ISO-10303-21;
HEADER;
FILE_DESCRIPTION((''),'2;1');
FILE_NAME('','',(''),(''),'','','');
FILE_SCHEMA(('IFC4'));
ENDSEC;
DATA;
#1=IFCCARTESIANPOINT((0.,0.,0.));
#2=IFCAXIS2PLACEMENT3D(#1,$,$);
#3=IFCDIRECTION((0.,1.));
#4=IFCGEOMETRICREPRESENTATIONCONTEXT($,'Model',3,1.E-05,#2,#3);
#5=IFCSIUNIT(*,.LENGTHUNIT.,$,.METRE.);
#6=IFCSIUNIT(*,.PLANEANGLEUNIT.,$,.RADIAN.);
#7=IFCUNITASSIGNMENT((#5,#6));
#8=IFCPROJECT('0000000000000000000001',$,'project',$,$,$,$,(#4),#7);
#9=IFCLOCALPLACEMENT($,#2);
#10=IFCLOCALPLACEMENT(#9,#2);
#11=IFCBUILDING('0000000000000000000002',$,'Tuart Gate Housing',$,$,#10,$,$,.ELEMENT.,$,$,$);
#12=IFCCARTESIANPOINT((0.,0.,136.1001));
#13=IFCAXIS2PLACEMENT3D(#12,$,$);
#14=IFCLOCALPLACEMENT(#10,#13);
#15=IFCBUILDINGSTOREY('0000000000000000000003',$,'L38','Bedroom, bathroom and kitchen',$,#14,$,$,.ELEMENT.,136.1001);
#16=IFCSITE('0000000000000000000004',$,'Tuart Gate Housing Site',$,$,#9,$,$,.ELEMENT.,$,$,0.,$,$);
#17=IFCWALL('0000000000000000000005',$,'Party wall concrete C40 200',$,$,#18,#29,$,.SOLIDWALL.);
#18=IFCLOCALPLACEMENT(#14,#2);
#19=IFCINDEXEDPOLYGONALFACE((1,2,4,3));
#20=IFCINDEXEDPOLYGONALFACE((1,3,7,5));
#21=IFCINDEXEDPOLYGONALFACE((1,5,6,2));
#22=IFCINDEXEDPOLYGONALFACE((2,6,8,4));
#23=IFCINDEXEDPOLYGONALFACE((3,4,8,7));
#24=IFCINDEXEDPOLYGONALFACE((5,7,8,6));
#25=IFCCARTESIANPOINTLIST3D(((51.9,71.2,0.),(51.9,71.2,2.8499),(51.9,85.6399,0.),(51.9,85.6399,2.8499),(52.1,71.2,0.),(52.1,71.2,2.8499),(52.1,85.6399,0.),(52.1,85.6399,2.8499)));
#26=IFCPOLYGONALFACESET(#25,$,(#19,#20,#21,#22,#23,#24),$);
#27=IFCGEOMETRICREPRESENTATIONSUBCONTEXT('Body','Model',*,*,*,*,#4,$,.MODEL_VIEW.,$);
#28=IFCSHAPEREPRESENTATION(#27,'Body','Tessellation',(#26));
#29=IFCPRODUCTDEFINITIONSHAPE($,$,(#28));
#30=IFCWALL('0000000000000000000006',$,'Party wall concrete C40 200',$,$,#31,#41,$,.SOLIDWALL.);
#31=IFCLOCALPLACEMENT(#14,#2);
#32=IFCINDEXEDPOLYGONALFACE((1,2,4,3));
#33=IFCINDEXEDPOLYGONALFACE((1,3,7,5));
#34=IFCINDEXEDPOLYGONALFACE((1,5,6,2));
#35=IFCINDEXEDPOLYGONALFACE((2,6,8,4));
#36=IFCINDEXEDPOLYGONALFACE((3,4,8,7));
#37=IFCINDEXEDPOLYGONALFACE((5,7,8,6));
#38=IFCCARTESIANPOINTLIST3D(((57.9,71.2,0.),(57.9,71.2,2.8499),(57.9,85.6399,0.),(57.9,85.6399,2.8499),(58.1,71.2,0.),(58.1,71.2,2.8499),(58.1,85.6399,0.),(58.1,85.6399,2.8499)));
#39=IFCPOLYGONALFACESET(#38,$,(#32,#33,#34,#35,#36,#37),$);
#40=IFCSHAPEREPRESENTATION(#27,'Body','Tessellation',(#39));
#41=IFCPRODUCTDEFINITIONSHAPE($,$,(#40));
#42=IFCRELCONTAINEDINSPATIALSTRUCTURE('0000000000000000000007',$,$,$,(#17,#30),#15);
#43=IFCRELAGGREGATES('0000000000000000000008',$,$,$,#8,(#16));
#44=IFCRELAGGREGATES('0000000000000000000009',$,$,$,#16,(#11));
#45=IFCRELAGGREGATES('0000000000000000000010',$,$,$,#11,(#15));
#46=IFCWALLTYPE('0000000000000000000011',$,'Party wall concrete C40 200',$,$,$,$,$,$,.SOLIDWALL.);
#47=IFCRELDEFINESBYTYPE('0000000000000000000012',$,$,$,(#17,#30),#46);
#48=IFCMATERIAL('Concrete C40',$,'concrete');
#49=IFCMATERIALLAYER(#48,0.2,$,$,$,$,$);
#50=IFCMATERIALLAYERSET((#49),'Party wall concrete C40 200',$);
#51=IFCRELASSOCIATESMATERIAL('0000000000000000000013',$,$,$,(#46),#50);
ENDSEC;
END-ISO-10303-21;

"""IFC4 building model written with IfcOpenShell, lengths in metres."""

from ifc_helpers import new_model, si_unit, direction, frame, frame_2d, origin, place, context, subcontext, project, spatial, rectangle, extrude, material, layer, layer_set, type_object, element, save


model = new_model("IFC4")

# Units and contexts
model_context = context("Model", 3, precision=1e-05, world=origin(), true_north=direction((0.0, 1.0)))
body_context = subcontext(model_context, "Body", "Model", "MODEL_VIEW")
ifc_project = project(units=[si_unit("LENGTHUNIT", "METRE"), si_unit("PLANEANGLEUNIT", "RADIAN")], contexts=[model_context])

# Site, building, storey
site_placement = place(None, origin())
site = spatial("IfcSite", under=ifc_project, at=site_placement, Name="Tuart Gate Housing Site", CompositionType="ELEMENT", RefElevation=0.0)
building_placement = place(site_placement, origin())
building = spatial("IfcBuilding", under=site, at=building_placement, Name="Tuart Gate Housing", CompositionType="ELEMENT")
storey_placement = place(building_placement, frame((0.0, 0.0, 136.1001)))
storey = spatial("IfcBuildingStorey", under=building, at=storey_placement, Name="L38", Description="Bedroom, bathroom and kitchen", CompositionType="ELEMENT", Elevation=136.1001)

# Walls
ifc_material_1 = material(Name="Concrete C40", Category="concrete")
ifc_layer_1 = layer(ifc_material_1, 0.2)
ifc_layer_set_1 = layer_set([ifc_layer_1], Name="Party wall concrete C40 200")
wall_type_1 = type_object("IfcWallType", Name="Party wall concrete C40 200", PredefinedType="SOLIDWALL", material=ifc_layer_set_1)
for number, where, z_axis, x_axis, name in (
    (1, (52.0, 71.2, 0.0), (0.0, 0.0, 1.0), (0.0, 1.0, 0.0), "Party wall concrete C40 200"),
    (2, (58.0, 71.2, 0.0), (0.0, 0.0, 1.0), (0.0, 1.0, 0.0), "Party wall concrete C40 200"),
):
    element("IfcWall", number, at=place(storey_placement, frame(where, z_axis=z_axis, x_axis=x_axis)), inside=storey, type_object=wall_type_1, Name=name, PredefinedType="SOLIDWALL", context=body_context, shape_type="SweptSolid", body=[
        extrude(rectangle(XDim=14.4399, YDim=0.2, at=frame_2d((7.22, 0.0))), origin(), (0.0, 0.0, 1.0), 2.8499),
    ])

save(model, "model.ifc")
